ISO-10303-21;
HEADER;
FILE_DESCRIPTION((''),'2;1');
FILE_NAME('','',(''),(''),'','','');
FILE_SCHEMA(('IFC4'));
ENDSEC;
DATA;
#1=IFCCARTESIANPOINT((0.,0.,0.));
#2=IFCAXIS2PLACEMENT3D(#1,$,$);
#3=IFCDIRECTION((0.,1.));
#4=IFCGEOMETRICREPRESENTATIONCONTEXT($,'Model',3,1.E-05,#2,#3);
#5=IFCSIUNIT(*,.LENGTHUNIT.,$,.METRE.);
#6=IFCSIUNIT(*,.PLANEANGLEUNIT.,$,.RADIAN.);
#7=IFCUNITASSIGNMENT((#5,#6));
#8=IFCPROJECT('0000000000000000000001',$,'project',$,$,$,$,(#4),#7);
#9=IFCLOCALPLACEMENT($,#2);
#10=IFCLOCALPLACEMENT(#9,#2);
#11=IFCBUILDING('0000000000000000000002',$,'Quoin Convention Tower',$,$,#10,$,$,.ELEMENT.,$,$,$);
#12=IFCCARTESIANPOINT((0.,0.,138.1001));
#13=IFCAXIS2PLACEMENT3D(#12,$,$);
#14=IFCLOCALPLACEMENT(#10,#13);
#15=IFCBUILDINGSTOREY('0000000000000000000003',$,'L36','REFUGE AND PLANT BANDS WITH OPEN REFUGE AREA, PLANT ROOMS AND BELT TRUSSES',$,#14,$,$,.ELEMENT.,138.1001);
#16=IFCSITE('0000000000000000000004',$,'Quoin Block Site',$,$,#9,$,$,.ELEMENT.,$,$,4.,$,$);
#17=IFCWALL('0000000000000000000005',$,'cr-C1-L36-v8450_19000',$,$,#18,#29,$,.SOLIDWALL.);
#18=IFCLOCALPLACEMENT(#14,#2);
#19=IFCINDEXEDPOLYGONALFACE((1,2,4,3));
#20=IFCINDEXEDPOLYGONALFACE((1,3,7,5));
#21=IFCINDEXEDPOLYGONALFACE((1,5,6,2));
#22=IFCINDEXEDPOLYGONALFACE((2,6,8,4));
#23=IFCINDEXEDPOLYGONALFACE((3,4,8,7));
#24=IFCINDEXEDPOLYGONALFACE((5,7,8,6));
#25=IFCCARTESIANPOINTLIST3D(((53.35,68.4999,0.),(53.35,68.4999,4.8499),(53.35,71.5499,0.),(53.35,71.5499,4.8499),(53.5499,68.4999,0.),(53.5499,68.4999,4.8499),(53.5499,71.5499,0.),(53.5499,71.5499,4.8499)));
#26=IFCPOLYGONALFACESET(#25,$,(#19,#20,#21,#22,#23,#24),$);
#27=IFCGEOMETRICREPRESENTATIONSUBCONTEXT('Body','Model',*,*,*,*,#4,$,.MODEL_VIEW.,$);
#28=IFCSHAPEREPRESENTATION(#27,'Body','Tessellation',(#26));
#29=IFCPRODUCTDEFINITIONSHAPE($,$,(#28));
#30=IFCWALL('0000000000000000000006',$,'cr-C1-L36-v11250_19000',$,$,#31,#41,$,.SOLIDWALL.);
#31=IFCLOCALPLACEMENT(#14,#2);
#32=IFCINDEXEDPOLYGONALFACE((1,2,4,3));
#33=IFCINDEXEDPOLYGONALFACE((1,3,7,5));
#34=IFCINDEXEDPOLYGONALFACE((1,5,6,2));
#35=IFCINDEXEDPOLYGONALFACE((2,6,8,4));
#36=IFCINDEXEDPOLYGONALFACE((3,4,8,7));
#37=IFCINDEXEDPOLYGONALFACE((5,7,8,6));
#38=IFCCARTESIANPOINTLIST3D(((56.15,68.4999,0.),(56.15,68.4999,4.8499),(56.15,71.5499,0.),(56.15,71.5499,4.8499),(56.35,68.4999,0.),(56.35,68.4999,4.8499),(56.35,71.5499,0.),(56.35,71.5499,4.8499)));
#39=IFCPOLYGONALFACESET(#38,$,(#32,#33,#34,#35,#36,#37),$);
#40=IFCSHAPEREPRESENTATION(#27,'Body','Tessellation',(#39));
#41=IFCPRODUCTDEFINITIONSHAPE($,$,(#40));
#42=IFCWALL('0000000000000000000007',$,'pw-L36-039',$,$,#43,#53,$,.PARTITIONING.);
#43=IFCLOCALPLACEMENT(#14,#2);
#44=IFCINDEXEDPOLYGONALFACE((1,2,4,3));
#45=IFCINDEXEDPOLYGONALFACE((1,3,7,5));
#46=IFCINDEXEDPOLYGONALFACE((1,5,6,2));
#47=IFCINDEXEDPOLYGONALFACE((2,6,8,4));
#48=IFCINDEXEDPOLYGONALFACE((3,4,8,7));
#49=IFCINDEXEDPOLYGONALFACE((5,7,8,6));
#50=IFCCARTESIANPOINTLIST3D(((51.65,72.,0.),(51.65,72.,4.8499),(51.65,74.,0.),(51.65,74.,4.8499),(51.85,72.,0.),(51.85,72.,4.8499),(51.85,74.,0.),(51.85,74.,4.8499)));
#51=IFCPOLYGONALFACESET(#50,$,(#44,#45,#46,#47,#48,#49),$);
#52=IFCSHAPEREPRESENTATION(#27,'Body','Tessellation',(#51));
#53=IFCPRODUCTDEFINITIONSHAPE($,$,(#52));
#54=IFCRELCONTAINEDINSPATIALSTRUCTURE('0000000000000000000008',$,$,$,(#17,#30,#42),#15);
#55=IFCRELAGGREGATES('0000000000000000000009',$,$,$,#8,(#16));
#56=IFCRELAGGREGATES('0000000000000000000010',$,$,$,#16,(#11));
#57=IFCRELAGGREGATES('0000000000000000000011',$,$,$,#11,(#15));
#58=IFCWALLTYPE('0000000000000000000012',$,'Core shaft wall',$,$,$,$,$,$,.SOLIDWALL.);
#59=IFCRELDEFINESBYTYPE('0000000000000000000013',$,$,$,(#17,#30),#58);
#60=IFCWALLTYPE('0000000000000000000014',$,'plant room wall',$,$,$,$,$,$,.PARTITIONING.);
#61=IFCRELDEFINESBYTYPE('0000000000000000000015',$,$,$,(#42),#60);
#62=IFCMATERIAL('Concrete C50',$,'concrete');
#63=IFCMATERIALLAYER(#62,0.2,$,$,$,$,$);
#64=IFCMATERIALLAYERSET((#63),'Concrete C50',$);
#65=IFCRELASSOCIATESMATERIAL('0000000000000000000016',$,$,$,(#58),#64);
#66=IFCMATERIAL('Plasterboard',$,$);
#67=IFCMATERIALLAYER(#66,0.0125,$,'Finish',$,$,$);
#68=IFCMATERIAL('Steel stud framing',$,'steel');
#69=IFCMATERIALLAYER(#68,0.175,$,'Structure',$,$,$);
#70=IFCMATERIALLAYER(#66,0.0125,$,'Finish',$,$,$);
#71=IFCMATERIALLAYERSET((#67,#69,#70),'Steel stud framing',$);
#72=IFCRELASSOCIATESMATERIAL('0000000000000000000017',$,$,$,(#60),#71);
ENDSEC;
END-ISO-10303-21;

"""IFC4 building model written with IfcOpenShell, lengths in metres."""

from ifc_helpers import new_model, si_unit, direction, frame, frame_2d, origin, place, context, subcontext, project, spatial, rectangle, extrude, material, layer, layer_set, type_object, element, save


model = new_model("IFC4")

# Units and contexts
model_context = context("Model", 3, precision=1e-05, world=origin(), true_north=direction((0.0, 1.0)))
body_context = subcontext(model_context, "Body", "Model", "MODEL_VIEW")
ifc_project = project(units=[si_unit("LENGTHUNIT", "METRE"), si_unit("PLANEANGLEUNIT", "RADIAN")], contexts=[model_context])

# Site, building, storey
site_placement = place(None, origin())
site = spatial("IfcSite", under=ifc_project, at=site_placement, Name="Quoin Block Site", CompositionType="ELEMENT", RefElevation=4.0)
building_placement = place(site_placement, origin())
building = spatial("IfcBuilding", under=site, at=building_placement, Name="Quoin Convention Tower", CompositionType="ELEMENT")
storey_placement = place(building_placement, frame((0.0, 0.0, 138.1001)))
storey = spatial("IfcBuildingStorey", under=building, at=storey_placement, Name="L36", Description="REFUGE AND PLANT BANDS WITH OPEN REFUGE AREA, PLANT ROOMS AND BELT TRUSSES", CompositionType="ELEMENT", Elevation=138.1001)

# Shared definitions
ifc_material_1 = material(Name="Concrete C50", Category="concrete")
ifc_layer_1 = layer(ifc_material_1, 0.2)
ifc_layer_set_1 = layer_set([ifc_layer_1], Name="Concrete C50")
wall_type_1 = type_object("IfcWallType", Name="Core shaft wall", PredefinedType="SOLIDWALL", material=ifc_layer_set_1)

# Walls
for number, where, z_axis, x_axis, name in (
    (1, (53.45, 68.5, 0.0), (0.0, 0.0, 1.0), (0.0, 1.0, 0.0), "cr-C1-L36-v8450_19000"),
    (2, (56.25, 68.5, 0.0), (0.0, 0.0, 1.0), (0.0, 1.0, 0.0), "cr-C1-L36-v11250_19000"),
):
    element("IfcWall", number, at=place(storey_placement, frame(where, z_axis=z_axis, x_axis=x_axis)), inside=storey, type_object=wall_type_1, Name=name, PredefinedType="SOLIDWALL", context=body_context, shape_type="SweptSolid", body=[
        extrude(rectangle(XDim=3.05, YDim=0.2, at=frame_2d((1.5249, 0.0))), origin(), (0.0, 0.0, 1.0), 4.8499),
    ])
ifc_material_2 = material(Name="Plasterboard")
ifc_layer_2 = layer(ifc_material_2, 0.0125, Name="Finish")
ifc_material_3 = material(Name="Steel stud framing", Category="steel")
ifc_layer_3 = layer(ifc_material_3, 0.175, Name="Structure")
ifc_layer_4 = layer(ifc_material_2, 0.0125, Name="Finish")
ifc_layer_set_2 = layer_set([ifc_layer_2, ifc_layer_3, ifc_layer_4], Name="Steel stud framing")
wall_type_2 = type_object("IfcWallType", Name="plant room wall", PredefinedType="PARTITIONING", material=ifc_layer_set_2)
wall_1_placement = place(storey_placement, frame((51.75, 72.0, 0.0), z_axis=(0.0, 0.0, 1.0), x_axis=(0.0, 1.0, 0.0)))
element("IfcWall", 3, at=wall_1_placement, inside=storey, type_object=wall_type_2, Name="pw-L36-039", PredefinedType="PARTITIONING", context=body_context, shape_type="SweptSolid", body=[
    extrude(rectangle(XDim=2.0, YDim=0.2, at=frame_2d((1.0, 0.0))), origin(), (0.0, 0.0, 1.0), 4.8499),
])

save(model, "model.ifc")
